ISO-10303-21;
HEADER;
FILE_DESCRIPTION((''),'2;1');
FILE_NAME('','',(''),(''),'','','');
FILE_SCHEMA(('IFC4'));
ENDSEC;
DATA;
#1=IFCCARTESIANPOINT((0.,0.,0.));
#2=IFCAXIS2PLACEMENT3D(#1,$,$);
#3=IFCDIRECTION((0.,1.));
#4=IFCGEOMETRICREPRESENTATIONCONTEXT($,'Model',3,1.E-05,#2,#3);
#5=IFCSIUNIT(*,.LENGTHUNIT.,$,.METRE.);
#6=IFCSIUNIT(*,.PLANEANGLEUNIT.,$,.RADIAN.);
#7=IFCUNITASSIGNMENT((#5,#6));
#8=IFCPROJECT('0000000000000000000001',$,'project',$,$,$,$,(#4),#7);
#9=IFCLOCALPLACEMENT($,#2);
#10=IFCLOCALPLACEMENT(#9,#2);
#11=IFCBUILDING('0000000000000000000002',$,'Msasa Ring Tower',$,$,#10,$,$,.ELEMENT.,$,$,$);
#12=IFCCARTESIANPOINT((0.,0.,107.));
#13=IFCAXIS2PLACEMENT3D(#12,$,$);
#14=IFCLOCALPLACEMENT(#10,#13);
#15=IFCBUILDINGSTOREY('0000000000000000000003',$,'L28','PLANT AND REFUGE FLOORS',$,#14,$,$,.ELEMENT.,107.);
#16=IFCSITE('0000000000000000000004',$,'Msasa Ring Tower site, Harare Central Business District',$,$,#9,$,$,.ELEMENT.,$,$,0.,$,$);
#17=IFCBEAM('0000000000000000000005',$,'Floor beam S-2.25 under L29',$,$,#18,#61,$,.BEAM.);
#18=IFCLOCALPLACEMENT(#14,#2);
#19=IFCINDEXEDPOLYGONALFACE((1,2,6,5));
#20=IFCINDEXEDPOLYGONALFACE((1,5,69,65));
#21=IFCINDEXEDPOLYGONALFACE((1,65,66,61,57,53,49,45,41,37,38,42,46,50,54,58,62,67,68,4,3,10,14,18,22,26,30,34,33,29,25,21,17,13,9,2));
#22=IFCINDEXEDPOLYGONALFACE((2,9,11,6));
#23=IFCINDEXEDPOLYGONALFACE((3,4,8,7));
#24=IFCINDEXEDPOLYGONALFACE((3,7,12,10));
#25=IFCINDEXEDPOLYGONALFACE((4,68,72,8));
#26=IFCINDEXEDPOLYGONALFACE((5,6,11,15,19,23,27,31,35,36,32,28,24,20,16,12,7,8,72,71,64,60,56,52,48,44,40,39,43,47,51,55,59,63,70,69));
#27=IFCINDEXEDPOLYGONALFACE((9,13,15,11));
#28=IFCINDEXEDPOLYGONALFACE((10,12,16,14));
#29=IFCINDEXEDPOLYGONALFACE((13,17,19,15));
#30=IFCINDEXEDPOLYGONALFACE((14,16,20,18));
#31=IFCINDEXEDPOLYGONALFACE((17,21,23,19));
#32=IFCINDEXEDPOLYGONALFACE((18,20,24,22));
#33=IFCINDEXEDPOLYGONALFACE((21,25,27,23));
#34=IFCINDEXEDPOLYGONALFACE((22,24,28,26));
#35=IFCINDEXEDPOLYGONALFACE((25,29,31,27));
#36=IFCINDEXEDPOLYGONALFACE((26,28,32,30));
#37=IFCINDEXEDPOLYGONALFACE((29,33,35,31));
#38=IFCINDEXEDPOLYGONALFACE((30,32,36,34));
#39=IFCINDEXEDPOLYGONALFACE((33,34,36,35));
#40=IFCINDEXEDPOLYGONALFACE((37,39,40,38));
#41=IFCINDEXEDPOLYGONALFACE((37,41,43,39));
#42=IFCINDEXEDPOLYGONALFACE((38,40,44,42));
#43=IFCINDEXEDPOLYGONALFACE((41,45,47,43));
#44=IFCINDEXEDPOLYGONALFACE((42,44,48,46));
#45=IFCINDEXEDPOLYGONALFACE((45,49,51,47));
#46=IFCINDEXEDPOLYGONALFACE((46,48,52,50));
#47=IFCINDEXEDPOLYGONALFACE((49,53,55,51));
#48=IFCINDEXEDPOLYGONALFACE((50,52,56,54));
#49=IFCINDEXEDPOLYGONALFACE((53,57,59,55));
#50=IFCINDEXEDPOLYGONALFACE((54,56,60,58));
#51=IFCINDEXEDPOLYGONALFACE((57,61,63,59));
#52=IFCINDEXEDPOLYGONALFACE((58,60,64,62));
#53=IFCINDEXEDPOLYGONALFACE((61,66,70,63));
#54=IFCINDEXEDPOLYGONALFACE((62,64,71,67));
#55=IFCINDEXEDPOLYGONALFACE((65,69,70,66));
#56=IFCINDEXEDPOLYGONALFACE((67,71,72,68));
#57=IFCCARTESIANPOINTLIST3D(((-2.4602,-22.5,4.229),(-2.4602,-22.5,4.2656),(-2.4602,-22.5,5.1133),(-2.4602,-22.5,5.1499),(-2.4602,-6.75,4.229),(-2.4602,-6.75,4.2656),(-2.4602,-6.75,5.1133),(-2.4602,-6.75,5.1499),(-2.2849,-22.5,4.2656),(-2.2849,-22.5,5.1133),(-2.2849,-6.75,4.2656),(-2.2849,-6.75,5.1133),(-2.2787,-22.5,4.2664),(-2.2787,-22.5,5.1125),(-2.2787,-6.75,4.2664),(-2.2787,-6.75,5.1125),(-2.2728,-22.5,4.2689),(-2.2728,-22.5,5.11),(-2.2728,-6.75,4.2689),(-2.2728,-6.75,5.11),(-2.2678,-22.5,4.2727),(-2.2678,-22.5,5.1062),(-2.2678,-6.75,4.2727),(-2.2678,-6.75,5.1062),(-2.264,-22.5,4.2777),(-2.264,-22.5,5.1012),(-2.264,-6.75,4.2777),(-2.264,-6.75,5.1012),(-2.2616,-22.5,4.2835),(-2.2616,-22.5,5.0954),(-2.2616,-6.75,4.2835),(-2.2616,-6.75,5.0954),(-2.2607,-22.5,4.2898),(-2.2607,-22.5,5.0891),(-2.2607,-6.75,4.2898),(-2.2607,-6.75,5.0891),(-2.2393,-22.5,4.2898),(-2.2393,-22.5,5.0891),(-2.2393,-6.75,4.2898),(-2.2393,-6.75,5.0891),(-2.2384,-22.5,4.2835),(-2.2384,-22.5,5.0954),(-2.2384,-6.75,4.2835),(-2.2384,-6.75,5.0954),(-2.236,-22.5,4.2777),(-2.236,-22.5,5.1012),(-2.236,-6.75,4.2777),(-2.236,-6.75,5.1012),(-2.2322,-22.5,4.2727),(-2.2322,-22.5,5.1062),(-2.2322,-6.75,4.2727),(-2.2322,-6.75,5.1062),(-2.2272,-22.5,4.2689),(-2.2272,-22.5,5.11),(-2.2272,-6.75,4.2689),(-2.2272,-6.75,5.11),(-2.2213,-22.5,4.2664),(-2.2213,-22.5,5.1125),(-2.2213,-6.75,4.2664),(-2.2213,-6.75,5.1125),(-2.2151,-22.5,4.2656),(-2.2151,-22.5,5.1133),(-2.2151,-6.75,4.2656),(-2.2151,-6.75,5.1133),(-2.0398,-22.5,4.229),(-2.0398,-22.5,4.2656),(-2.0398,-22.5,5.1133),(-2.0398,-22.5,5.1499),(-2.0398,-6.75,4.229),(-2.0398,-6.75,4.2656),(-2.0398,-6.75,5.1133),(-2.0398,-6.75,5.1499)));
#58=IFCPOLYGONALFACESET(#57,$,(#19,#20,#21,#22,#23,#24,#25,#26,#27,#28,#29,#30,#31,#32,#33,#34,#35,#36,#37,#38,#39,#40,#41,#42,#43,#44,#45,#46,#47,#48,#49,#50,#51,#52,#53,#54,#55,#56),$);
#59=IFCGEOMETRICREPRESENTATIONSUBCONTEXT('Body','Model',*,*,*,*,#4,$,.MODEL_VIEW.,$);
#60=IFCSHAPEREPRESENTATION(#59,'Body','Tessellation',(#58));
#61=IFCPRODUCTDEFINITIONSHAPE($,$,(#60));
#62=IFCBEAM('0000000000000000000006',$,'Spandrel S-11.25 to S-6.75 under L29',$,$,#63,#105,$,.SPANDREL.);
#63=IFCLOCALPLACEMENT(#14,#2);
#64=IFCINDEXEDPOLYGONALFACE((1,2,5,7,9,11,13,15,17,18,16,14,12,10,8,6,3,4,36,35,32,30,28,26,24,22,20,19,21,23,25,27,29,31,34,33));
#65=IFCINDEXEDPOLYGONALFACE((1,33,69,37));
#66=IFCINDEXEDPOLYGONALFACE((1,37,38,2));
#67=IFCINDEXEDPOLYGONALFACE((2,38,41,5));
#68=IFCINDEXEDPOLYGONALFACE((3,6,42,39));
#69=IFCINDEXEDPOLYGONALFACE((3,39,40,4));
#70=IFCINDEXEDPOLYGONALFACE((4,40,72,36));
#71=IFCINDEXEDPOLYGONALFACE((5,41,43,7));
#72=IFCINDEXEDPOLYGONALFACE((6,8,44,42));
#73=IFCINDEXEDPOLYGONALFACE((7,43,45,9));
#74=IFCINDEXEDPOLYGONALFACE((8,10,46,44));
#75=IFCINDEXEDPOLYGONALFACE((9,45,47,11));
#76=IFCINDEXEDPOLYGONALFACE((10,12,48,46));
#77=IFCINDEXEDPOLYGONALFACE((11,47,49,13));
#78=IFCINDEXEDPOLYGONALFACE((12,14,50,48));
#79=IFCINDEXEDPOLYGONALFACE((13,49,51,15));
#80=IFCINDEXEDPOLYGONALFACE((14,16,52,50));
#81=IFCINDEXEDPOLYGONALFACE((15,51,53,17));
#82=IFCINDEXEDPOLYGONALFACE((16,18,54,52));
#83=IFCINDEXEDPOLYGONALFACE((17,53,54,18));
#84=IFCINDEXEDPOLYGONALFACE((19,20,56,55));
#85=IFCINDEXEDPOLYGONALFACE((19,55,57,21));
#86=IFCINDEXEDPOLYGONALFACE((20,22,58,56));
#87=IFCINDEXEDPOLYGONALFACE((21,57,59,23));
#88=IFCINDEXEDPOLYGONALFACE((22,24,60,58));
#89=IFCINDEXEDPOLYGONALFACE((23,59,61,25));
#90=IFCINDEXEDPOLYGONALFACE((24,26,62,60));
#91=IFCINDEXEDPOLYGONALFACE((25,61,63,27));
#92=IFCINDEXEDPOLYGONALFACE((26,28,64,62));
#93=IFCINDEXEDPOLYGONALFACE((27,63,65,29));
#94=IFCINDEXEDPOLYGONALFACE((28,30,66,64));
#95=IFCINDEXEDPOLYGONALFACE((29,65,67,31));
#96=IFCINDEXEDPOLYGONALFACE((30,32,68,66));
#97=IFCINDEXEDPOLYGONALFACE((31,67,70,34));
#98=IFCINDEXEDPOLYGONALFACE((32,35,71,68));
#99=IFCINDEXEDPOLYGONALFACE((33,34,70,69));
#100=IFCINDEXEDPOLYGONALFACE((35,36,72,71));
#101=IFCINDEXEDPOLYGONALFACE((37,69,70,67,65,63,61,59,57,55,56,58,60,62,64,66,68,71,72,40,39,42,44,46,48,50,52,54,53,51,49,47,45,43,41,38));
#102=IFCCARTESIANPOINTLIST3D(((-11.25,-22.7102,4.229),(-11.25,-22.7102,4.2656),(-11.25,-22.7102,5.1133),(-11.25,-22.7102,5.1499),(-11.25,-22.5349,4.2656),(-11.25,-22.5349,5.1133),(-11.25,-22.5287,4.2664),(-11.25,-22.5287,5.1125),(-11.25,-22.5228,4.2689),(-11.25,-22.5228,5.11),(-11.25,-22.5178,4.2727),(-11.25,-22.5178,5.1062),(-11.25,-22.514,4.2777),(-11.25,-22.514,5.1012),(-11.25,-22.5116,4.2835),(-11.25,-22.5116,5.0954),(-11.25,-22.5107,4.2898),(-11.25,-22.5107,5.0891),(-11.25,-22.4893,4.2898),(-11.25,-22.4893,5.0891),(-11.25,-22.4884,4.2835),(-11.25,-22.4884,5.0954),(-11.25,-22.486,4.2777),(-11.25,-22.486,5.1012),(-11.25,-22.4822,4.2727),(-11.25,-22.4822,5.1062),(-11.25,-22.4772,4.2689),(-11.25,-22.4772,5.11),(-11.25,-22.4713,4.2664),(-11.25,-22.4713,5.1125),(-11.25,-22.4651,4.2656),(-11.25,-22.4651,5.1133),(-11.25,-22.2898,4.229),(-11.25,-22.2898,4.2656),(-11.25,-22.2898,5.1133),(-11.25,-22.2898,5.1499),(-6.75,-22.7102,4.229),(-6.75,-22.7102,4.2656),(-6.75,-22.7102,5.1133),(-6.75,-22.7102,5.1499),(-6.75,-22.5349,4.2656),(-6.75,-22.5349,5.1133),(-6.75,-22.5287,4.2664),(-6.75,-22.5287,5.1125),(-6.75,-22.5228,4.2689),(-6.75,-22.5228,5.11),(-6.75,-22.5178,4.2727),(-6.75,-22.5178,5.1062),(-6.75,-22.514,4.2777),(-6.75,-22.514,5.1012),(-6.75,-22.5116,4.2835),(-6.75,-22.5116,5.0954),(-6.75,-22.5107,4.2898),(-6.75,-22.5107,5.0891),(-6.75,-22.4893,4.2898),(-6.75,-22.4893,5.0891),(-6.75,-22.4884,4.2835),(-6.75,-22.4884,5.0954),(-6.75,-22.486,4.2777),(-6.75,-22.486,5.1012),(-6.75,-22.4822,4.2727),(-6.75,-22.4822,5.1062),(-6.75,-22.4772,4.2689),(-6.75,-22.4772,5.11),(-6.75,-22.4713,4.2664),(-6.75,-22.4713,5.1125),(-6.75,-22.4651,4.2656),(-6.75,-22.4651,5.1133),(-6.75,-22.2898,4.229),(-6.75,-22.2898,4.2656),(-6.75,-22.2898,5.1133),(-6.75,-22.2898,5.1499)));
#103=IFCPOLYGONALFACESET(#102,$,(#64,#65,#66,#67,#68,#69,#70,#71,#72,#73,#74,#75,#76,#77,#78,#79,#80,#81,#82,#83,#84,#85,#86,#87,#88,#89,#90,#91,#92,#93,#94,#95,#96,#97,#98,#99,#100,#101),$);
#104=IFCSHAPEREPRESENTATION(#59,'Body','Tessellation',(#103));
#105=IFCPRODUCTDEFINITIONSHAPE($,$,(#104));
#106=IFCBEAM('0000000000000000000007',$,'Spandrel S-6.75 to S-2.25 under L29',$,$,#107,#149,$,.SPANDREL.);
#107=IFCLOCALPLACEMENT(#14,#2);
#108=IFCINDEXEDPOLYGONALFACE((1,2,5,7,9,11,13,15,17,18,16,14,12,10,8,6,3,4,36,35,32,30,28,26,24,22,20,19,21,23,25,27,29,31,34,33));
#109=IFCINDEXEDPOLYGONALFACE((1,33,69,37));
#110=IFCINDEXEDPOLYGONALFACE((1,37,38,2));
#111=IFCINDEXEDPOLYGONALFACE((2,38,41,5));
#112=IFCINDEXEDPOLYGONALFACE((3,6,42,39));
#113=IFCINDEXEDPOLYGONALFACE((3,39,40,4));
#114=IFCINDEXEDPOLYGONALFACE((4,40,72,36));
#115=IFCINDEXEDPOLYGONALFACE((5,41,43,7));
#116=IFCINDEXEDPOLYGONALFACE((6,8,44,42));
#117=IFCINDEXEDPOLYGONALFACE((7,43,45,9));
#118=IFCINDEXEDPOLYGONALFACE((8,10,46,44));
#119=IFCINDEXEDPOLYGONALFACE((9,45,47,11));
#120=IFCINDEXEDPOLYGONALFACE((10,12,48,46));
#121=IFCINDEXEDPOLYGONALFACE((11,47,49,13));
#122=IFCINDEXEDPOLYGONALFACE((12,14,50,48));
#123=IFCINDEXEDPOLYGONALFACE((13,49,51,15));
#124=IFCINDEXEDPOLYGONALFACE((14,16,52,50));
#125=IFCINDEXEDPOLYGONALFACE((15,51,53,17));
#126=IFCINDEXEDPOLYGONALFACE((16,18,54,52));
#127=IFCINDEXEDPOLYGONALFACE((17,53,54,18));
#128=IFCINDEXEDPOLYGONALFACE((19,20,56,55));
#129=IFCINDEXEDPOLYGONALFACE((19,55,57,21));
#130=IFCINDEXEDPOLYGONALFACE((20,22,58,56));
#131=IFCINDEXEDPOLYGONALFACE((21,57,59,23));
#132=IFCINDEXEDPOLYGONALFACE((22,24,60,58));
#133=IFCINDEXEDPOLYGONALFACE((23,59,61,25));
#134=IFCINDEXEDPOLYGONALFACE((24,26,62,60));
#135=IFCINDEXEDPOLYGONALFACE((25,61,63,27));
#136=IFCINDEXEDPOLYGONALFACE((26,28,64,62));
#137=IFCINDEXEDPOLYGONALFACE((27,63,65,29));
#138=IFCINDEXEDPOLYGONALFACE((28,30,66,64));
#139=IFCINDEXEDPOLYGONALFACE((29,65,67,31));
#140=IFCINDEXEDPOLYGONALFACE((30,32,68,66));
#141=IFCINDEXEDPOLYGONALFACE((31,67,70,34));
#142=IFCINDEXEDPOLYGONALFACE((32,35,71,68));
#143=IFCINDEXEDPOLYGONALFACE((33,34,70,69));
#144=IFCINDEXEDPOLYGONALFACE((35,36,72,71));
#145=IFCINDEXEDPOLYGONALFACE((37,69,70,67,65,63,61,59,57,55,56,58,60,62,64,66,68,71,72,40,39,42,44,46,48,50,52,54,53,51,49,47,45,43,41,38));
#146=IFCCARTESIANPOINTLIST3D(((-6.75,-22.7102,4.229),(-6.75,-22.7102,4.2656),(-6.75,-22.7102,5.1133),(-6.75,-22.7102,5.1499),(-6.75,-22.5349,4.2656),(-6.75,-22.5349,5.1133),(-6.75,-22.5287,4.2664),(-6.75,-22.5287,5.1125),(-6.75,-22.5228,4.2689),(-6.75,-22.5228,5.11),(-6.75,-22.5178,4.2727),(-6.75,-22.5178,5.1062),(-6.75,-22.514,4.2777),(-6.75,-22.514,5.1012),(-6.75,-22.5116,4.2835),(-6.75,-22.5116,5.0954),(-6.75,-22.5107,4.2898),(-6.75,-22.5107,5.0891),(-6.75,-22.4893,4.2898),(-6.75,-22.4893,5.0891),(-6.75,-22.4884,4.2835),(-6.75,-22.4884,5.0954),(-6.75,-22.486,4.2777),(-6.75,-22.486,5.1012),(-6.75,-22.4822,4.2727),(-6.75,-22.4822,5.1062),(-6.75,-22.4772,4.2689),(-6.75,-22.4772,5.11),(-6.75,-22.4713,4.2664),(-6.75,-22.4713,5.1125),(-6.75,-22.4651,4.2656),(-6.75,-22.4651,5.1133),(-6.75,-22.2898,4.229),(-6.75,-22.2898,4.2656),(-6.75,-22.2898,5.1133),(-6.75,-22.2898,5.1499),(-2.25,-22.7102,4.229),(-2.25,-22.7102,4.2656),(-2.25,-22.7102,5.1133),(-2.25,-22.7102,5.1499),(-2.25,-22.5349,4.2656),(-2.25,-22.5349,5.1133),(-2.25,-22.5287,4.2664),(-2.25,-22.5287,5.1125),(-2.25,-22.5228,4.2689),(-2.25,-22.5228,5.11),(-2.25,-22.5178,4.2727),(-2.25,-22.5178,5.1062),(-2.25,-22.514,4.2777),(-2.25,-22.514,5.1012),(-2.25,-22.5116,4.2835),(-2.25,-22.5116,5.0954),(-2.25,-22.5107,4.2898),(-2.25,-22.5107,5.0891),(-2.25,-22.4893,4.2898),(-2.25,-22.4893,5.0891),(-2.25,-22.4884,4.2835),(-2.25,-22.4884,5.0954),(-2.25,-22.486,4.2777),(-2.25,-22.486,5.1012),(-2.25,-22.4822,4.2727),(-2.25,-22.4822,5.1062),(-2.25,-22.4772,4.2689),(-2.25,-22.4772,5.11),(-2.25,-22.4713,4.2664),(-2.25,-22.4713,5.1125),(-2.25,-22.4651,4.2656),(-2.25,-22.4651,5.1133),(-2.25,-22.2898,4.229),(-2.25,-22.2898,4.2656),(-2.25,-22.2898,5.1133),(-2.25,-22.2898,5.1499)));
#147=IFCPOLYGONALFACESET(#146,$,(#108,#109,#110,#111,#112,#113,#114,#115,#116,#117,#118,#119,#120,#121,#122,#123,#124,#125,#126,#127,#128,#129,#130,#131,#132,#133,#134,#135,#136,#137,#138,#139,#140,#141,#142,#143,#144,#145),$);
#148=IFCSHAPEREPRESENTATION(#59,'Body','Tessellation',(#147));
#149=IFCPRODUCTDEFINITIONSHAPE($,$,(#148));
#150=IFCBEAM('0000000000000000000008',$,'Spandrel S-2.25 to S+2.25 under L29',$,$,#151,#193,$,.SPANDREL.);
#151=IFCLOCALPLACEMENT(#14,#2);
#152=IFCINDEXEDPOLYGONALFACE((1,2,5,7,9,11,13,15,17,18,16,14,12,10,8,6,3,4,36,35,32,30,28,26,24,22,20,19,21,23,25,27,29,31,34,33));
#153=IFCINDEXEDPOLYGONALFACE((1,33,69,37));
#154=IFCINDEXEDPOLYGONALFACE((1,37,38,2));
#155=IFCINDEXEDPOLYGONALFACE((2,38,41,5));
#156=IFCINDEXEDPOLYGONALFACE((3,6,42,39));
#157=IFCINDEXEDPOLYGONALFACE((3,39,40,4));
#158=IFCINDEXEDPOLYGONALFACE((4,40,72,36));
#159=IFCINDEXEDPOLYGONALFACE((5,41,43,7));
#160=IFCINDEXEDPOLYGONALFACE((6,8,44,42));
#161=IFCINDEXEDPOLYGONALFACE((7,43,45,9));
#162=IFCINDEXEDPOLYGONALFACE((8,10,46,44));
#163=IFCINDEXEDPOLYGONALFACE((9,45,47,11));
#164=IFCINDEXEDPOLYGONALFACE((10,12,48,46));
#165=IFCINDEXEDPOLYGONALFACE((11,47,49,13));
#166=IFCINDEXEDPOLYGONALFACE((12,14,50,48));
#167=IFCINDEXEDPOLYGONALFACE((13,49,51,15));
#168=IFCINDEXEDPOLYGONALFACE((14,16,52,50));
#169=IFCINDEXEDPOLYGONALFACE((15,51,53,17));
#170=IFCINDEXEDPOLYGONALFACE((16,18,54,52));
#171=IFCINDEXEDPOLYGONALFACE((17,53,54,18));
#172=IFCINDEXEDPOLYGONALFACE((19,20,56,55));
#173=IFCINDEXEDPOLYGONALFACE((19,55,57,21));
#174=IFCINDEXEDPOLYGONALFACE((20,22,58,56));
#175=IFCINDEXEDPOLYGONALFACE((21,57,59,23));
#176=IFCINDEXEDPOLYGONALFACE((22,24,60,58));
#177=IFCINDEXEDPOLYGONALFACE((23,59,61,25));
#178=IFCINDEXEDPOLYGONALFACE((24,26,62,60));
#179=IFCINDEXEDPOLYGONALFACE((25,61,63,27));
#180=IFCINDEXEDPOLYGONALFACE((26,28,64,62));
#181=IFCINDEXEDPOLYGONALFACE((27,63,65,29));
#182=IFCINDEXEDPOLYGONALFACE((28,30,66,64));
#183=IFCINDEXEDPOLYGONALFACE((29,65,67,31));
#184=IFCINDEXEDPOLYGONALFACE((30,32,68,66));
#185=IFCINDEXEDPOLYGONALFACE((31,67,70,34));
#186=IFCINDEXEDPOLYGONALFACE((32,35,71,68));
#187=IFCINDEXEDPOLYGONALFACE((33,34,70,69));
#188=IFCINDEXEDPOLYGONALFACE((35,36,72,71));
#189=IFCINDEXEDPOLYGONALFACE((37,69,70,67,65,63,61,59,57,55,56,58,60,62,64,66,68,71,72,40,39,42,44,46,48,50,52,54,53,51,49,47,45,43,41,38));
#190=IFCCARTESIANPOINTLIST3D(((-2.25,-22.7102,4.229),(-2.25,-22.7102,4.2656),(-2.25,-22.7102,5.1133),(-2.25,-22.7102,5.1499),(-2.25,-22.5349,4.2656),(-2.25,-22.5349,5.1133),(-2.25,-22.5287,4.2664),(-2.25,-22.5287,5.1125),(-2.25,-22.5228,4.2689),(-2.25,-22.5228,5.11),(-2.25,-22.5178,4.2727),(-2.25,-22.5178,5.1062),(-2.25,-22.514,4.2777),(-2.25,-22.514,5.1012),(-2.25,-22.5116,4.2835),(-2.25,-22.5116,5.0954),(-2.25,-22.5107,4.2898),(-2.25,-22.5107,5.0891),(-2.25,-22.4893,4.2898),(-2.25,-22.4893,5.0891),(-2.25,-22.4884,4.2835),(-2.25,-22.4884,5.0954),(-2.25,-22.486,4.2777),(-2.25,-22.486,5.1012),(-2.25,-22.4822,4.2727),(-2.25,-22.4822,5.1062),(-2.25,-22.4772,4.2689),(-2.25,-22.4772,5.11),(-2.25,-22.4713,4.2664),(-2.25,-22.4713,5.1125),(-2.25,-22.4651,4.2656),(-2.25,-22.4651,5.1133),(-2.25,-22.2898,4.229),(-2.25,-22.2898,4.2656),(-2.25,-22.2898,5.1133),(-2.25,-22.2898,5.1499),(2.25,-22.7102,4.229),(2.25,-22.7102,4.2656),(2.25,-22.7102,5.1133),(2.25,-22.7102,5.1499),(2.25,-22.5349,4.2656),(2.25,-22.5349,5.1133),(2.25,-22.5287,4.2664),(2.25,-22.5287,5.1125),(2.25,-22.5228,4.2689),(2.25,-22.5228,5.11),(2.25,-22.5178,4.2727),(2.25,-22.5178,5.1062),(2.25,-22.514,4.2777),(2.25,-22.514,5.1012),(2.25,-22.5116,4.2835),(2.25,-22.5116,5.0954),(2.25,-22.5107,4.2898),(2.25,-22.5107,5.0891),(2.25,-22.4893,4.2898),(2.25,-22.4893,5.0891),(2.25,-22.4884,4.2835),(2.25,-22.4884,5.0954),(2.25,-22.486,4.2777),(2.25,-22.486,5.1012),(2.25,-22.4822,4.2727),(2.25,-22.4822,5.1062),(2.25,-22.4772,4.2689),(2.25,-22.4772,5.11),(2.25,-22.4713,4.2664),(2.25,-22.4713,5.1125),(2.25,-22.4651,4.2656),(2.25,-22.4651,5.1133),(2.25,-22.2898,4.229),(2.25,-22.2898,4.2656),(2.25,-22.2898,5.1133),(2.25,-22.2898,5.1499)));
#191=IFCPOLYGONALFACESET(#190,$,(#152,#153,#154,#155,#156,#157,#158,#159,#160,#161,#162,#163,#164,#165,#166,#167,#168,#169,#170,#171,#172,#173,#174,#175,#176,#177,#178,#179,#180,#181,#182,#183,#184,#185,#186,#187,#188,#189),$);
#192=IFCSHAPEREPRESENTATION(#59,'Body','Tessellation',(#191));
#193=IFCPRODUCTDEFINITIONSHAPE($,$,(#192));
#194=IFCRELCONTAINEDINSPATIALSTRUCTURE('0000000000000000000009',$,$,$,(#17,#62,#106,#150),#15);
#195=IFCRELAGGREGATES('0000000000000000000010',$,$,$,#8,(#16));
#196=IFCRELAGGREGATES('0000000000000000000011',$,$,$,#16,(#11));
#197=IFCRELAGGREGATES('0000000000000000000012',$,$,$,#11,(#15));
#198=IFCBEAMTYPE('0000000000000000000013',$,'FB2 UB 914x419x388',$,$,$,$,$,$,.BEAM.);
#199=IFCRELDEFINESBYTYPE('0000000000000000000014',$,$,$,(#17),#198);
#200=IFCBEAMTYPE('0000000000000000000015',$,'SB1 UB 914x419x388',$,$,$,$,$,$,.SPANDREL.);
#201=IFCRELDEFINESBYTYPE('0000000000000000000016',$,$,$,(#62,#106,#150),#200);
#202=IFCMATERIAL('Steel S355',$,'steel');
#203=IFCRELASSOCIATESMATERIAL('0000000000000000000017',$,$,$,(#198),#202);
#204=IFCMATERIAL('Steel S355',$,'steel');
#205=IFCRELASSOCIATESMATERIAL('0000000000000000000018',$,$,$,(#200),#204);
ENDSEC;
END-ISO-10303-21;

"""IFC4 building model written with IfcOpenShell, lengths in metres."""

from ifc_helpers import new_model, si_unit, direction, frame, origin, origin_2d, place, context, subcontext, project, spatial, i_section, extrude, material, material_profile, profile_set, type_object, element, save


model = new_model("IFC4")

# Units and contexts
model_context = context("Model", 3, precision=1e-05, world=origin(), true_north=direction((0.0, 1.0)))
body_context = subcontext(model_context, "Body", "Model", "MODEL_VIEW")
ifc_project = project(units=[si_unit("LENGTHUNIT", "METRE"), si_unit("PLANEANGLEUNIT", "RADIAN")], contexts=[model_context])

# Site, building, storey
site_placement = place(None, origin())
site = spatial("IfcSite", under=ifc_project, at=site_placement, Name="Msasa Ring Tower site, Harare Central Business District", CompositionType="ELEMENT", RefElevation=0.0)
building_placement = place(site_placement, origin())
building = spatial("IfcBuilding", under=site, at=building_placement, Name="Msasa Ring Tower", CompositionType="ELEMENT")
storey_placement = place(building_placement, frame((0.0, 0.0, 107.0)))
storey = spatial("IfcBuildingStorey", under=building, at=storey_placement, Name="L28", Description="PLANT AND REFUGE FLOORS", CompositionType="ELEMENT", Elevation=107.0)

# Beams
ifc_material_1 = material(Name="Steel S355", Category="steel")
ifc_material_profile_1 = material_profile(ifc_material_1, i_section(OverallWidth=0.4204, OverallDepth=0.9209, WebThickness=0.0215, FlangeThickness=0.0366, FilletRadius=0.0242, at=origin_2d()), Name="UB 914x419x388")
ifc_profile_set_1 = profile_set([ifc_material_profile_1], Name="Steel S355")
beam_type_1 = type_object("IfcBeamType", Name="FB2 UB 914x419x388", PredefinedType="BEAM", material=ifc_profile_set_1)
for number, where, z_axis, x_axis, name in (
    (1, (-2.25, -22.5, 4.6895), (0.0, 1.0, 0.0), (-1.0, 0.0, 0.0), "Floor beam S-2.25 under L29"),
):
    element("IfcBeam", number, at=place(storey_placement, frame(where, z_axis=z_axis, x_axis=x_axis)), inside=storey, type_object=beam_type_1, Name=name, PredefinedType="BEAM", context=body_context, shape_type="SweptSolid", body=[
        extrude(i_section(OverallWidth=0.4204, OverallDepth=0.9209, WebThickness=0.0215, FlangeThickness=0.0366, FilletRadius=0.0242, at=origin_2d()), origin(), (0.0, 0.0, 1.0), 15.75),
    ])
ifc_material_2 = material(Name="Steel S355", Category="steel")
ifc_material_profile_2 = material_profile(ifc_material_2, i_section(OverallWidth=0.4204, OverallDepth=0.9209, WebThickness=0.0215, FlangeThickness=0.0366, FilletRadius=0.0242, at=origin_2d()), Name="UB 914x419x388")
ifc_profile_set_2 = profile_set([ifc_material_profile_2], Name="Steel S355")
beam_type_2 = type_object("IfcBeamType", Name="SB1 UB 914x419x388", PredefinedType="SPANDREL", material=ifc_profile_set_2)
for number, where, z_axis, x_axis, name in (
    (2, (-11.25, -22.5, 4.6895), (1.0, 0.0, 0.0), (0.0, 1.0, 0.0), "Spandrel S-11.25 to S-6.75 under L29"),
    (3, (-6.75, -22.5, 4.6895), (1.0, 0.0, 0.0), (0.0, 1.0, 0.0), "Spandrel S-6.75 to S-2.25 under L29"),
    (4, (-2.25, -22.5, 4.6895), (1.0, 0.0, 0.0), (0.0, 1.0, 0.0), "Spandrel S-2.25 to S+2.25 under L29"),
):
    element("IfcBeam", number, at=place(storey_placement, frame(where, z_axis=z_axis, x_axis=x_axis)), inside=storey, type_object=beam_type_2, Name=name, PredefinedType="SPANDREL", context=body_context, shape_type="SweptSolid", body=[
        extrude(i_section(OverallWidth=0.4204, OverallDepth=0.9209, WebThickness=0.0215, FlangeThickness=0.0366, FilletRadius=0.0242, at=origin_2d()), origin(), (0.0, 0.0, 1.0), 4.5),
    ])

save(model, "model.ifc")
